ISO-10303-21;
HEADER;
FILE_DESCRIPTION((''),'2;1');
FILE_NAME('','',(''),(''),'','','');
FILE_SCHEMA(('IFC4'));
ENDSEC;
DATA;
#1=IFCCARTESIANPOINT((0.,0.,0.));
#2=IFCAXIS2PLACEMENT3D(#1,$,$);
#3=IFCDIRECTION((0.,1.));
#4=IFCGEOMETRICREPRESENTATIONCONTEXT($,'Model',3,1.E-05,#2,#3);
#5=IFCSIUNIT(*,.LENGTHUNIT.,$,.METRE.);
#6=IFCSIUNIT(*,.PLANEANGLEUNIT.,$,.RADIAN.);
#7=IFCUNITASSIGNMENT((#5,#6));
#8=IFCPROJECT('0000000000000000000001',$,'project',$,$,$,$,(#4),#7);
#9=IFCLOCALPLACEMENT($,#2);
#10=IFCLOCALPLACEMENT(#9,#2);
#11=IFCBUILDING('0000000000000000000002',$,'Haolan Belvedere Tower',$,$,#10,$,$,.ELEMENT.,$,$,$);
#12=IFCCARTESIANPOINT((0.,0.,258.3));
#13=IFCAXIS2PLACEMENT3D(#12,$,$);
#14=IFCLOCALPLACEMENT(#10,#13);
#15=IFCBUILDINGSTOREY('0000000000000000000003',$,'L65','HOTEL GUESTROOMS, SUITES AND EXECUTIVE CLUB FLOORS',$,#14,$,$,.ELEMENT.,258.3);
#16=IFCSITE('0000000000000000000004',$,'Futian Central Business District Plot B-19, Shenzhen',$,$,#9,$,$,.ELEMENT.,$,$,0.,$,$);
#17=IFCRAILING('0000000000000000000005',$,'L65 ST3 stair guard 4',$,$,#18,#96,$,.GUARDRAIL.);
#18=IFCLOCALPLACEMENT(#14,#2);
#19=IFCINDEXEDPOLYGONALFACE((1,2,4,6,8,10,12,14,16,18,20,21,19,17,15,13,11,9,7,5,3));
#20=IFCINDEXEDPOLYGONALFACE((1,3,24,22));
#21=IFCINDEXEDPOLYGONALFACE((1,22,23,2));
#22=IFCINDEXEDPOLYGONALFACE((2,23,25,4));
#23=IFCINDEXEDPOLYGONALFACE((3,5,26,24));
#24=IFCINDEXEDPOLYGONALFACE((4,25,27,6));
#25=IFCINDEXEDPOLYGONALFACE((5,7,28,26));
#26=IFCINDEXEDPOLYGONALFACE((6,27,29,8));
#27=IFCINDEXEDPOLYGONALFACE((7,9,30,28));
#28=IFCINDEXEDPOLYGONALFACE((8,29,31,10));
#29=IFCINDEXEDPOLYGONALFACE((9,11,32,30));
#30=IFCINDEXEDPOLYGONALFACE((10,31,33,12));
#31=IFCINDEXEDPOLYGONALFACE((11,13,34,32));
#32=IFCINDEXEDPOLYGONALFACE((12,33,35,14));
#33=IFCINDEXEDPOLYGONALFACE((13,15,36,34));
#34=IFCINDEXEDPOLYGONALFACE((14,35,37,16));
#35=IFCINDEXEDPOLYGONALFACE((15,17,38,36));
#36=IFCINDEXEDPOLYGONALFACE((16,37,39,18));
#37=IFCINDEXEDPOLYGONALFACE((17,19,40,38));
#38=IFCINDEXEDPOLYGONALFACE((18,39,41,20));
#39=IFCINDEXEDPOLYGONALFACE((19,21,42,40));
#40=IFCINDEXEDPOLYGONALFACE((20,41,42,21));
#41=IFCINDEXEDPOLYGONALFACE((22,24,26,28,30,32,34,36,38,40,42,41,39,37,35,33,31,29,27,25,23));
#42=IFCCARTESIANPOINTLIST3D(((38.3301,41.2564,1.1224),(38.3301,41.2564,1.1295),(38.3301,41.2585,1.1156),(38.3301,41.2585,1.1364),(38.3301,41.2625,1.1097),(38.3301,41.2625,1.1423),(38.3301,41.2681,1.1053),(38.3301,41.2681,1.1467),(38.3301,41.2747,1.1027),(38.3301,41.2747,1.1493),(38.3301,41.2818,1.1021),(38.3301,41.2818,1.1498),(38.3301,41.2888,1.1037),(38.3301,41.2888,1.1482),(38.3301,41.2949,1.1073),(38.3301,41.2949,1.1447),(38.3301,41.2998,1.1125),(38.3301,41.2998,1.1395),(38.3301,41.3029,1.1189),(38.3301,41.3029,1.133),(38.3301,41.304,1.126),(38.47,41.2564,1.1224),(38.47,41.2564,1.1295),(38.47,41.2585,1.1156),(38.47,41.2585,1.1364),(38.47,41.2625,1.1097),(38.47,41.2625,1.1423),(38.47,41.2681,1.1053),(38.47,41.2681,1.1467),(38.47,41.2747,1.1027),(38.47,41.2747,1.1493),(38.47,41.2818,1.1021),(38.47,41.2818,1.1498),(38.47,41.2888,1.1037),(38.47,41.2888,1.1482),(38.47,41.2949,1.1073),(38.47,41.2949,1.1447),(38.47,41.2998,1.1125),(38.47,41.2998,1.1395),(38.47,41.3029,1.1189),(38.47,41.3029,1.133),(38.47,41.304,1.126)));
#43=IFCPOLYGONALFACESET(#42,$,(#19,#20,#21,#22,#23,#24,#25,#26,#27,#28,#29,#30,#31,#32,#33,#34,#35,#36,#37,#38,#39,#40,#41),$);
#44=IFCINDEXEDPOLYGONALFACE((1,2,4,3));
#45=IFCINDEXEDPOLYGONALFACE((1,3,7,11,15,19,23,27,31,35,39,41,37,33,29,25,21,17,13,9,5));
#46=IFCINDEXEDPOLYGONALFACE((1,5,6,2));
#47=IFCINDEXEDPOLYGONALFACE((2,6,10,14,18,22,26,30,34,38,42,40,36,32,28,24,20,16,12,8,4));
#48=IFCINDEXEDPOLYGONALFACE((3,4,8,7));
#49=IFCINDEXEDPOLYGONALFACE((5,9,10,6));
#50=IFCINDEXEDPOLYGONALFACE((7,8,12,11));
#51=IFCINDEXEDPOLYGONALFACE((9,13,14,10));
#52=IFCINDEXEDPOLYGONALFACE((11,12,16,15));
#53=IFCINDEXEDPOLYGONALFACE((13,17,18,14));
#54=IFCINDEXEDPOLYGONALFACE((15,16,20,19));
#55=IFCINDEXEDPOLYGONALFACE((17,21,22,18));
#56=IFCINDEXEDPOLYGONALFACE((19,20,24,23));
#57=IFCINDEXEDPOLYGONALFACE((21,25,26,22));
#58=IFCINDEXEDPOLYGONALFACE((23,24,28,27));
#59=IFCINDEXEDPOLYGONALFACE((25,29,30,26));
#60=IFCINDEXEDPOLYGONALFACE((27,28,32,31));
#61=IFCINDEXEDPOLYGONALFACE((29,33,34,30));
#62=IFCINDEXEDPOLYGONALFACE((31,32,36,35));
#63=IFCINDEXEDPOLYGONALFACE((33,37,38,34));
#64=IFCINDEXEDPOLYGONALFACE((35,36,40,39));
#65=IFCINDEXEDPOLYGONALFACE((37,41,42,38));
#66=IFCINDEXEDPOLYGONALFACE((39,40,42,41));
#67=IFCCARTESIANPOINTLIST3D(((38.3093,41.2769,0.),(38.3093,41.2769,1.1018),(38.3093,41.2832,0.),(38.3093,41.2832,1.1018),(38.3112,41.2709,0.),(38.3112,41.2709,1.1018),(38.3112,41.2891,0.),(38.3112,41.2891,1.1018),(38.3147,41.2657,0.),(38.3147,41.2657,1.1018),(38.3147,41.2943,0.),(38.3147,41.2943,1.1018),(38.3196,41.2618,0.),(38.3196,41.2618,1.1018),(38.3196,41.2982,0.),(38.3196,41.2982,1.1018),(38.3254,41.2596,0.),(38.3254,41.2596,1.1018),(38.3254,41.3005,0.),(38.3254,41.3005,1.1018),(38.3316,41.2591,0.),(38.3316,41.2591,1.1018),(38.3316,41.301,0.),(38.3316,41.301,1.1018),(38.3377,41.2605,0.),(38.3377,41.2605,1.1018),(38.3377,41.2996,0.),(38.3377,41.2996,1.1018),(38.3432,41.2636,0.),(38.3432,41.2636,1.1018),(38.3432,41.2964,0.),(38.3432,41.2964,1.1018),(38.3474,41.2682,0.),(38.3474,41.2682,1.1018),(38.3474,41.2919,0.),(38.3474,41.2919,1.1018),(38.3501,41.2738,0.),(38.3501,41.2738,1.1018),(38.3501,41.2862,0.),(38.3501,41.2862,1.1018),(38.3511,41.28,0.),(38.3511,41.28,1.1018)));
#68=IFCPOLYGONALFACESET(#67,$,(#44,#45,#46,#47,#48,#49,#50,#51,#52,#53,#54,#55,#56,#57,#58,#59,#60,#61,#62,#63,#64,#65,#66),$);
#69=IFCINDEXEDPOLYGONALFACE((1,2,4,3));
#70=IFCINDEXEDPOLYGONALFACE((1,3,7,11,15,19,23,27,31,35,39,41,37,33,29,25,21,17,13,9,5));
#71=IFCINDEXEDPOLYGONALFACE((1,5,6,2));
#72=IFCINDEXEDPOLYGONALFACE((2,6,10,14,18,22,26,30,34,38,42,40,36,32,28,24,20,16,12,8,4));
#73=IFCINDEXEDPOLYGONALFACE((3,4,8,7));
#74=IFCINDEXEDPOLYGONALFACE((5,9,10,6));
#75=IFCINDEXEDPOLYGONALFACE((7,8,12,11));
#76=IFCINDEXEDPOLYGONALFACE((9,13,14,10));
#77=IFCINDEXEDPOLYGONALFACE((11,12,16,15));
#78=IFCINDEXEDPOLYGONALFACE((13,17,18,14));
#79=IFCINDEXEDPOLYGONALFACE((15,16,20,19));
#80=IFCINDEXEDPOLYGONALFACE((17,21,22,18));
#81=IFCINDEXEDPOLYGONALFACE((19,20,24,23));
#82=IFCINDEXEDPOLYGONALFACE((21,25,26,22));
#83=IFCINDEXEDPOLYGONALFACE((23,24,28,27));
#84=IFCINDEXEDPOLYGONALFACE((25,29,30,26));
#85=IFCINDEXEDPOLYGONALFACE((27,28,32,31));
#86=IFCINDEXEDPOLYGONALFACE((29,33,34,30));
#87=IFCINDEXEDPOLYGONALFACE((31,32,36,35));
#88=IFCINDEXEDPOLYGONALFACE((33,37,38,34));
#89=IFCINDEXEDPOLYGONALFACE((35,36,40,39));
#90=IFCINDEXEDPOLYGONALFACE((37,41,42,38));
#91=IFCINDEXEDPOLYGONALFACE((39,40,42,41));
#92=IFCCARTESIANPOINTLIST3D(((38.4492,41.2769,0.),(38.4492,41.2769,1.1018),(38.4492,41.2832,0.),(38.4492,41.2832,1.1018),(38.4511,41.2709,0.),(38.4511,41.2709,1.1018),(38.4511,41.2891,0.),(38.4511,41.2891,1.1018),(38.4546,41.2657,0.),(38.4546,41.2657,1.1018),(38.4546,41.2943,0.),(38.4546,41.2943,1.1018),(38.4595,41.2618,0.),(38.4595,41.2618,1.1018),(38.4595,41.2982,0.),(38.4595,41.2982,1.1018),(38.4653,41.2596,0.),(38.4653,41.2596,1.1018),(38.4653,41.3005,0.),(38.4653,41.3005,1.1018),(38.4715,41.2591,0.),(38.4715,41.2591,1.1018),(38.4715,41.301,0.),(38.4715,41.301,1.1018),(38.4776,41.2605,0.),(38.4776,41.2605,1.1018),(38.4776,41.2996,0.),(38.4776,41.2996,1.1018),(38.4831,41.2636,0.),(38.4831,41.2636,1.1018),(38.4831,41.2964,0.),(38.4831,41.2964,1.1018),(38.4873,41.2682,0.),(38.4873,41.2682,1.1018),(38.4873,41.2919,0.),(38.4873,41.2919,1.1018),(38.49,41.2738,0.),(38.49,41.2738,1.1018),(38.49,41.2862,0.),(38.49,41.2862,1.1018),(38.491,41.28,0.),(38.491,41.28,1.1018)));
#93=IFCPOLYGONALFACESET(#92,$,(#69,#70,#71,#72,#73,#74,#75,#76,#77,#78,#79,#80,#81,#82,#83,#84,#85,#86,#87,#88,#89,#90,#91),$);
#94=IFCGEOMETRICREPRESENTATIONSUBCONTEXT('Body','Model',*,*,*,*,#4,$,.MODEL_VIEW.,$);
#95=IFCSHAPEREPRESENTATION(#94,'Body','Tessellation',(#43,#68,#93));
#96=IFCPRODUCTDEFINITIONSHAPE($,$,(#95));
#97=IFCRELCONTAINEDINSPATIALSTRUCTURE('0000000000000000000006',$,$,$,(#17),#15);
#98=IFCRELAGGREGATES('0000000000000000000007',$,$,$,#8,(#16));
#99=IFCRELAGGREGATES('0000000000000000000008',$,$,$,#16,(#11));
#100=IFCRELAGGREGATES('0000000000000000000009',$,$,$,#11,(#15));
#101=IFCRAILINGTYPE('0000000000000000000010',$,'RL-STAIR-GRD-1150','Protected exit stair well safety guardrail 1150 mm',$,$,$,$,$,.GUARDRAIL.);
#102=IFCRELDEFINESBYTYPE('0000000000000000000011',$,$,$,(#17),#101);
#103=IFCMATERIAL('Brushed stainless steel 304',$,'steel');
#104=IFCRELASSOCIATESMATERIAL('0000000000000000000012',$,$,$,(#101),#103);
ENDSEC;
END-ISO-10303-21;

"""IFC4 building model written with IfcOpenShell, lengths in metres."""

from ifc_helpers import new_model, si_unit, direction, frame, origin, origin_2d, place, context, subcontext, project, spatial, circle, extrude, material, type_object, element, save


model = new_model("IFC4")

# Units and contexts
model_context = context("Model", 3, precision=1e-05, world=origin(), true_north=direction((0.0, 1.0)))
body_context = subcontext(model_context, "Body", "Model", "MODEL_VIEW")
ifc_project = project(units=[si_unit("LENGTHUNIT", "METRE"), si_unit("PLANEANGLEUNIT", "RADIAN")], contexts=[model_context])

# Site, building, storey
site_placement = place(None, origin())
site = spatial("IfcSite", under=ifc_project, at=site_placement, Name="Futian Central Business District Plot B-19, Shenzhen", CompositionType="ELEMENT", RefElevation=0.0)
building_placement = place(site_placement, origin())
building = spatial("IfcBuilding", under=site, at=building_placement, Name="Haolan Belvedere Tower", CompositionType="ELEMENT")
storey_placement = place(building_placement, frame((0.0, 0.0, 258.3)))
storey = spatial("IfcBuildingStorey", under=building, at=storey_placement, Name="L65", Description="HOTEL GUESTROOMS, SUITES AND EXECUTIVE CLUB FLOORS", CompositionType="ELEMENT", Elevation=258.3)

# Railing
ifc_material_1 = material(Name="Brushed stainless steel 304", Category="steel")
railing_type_1 = type_object("IfcRailingType", Name="RL-STAIR-GRD-1150", Description="Protected exit stair well safety guardrail 1150 mm", PredefinedType="GUARDRAIL", material=ifc_material_1)
railing_1_placement = place(storey_placement, frame((38.3301, 41.28, 0.0)))
element("IfcRailing", 1, at=railing_1_placement, inside=storey, type_object=railing_type_1, Name="L65 ST3 stair guard 4", PredefinedType="GUARDRAIL", context=body_context, shape_type="SweptSolid", body=[
    extrude(circle(Radius=0.0239, at=origin_2d()), frame((0.0, 0.0, 1.126), z_axis=(1.0, 0.0, 0.0), x_axis=(0.0, 1.0, 0.0)), (0.0, 0.0, 1.0), 0.1399),
    extrude(circle(Radius=0.021, at=origin_2d()), origin(), (0.0, 0.0, 1.0), 1.1018),
    extrude(circle(Radius=0.021, at=origin_2d()), frame((0.1399, 0.0, 0.0)), (0.0, 0.0, 1.0), 1.1018),
])

save(model, "model.ifc")
